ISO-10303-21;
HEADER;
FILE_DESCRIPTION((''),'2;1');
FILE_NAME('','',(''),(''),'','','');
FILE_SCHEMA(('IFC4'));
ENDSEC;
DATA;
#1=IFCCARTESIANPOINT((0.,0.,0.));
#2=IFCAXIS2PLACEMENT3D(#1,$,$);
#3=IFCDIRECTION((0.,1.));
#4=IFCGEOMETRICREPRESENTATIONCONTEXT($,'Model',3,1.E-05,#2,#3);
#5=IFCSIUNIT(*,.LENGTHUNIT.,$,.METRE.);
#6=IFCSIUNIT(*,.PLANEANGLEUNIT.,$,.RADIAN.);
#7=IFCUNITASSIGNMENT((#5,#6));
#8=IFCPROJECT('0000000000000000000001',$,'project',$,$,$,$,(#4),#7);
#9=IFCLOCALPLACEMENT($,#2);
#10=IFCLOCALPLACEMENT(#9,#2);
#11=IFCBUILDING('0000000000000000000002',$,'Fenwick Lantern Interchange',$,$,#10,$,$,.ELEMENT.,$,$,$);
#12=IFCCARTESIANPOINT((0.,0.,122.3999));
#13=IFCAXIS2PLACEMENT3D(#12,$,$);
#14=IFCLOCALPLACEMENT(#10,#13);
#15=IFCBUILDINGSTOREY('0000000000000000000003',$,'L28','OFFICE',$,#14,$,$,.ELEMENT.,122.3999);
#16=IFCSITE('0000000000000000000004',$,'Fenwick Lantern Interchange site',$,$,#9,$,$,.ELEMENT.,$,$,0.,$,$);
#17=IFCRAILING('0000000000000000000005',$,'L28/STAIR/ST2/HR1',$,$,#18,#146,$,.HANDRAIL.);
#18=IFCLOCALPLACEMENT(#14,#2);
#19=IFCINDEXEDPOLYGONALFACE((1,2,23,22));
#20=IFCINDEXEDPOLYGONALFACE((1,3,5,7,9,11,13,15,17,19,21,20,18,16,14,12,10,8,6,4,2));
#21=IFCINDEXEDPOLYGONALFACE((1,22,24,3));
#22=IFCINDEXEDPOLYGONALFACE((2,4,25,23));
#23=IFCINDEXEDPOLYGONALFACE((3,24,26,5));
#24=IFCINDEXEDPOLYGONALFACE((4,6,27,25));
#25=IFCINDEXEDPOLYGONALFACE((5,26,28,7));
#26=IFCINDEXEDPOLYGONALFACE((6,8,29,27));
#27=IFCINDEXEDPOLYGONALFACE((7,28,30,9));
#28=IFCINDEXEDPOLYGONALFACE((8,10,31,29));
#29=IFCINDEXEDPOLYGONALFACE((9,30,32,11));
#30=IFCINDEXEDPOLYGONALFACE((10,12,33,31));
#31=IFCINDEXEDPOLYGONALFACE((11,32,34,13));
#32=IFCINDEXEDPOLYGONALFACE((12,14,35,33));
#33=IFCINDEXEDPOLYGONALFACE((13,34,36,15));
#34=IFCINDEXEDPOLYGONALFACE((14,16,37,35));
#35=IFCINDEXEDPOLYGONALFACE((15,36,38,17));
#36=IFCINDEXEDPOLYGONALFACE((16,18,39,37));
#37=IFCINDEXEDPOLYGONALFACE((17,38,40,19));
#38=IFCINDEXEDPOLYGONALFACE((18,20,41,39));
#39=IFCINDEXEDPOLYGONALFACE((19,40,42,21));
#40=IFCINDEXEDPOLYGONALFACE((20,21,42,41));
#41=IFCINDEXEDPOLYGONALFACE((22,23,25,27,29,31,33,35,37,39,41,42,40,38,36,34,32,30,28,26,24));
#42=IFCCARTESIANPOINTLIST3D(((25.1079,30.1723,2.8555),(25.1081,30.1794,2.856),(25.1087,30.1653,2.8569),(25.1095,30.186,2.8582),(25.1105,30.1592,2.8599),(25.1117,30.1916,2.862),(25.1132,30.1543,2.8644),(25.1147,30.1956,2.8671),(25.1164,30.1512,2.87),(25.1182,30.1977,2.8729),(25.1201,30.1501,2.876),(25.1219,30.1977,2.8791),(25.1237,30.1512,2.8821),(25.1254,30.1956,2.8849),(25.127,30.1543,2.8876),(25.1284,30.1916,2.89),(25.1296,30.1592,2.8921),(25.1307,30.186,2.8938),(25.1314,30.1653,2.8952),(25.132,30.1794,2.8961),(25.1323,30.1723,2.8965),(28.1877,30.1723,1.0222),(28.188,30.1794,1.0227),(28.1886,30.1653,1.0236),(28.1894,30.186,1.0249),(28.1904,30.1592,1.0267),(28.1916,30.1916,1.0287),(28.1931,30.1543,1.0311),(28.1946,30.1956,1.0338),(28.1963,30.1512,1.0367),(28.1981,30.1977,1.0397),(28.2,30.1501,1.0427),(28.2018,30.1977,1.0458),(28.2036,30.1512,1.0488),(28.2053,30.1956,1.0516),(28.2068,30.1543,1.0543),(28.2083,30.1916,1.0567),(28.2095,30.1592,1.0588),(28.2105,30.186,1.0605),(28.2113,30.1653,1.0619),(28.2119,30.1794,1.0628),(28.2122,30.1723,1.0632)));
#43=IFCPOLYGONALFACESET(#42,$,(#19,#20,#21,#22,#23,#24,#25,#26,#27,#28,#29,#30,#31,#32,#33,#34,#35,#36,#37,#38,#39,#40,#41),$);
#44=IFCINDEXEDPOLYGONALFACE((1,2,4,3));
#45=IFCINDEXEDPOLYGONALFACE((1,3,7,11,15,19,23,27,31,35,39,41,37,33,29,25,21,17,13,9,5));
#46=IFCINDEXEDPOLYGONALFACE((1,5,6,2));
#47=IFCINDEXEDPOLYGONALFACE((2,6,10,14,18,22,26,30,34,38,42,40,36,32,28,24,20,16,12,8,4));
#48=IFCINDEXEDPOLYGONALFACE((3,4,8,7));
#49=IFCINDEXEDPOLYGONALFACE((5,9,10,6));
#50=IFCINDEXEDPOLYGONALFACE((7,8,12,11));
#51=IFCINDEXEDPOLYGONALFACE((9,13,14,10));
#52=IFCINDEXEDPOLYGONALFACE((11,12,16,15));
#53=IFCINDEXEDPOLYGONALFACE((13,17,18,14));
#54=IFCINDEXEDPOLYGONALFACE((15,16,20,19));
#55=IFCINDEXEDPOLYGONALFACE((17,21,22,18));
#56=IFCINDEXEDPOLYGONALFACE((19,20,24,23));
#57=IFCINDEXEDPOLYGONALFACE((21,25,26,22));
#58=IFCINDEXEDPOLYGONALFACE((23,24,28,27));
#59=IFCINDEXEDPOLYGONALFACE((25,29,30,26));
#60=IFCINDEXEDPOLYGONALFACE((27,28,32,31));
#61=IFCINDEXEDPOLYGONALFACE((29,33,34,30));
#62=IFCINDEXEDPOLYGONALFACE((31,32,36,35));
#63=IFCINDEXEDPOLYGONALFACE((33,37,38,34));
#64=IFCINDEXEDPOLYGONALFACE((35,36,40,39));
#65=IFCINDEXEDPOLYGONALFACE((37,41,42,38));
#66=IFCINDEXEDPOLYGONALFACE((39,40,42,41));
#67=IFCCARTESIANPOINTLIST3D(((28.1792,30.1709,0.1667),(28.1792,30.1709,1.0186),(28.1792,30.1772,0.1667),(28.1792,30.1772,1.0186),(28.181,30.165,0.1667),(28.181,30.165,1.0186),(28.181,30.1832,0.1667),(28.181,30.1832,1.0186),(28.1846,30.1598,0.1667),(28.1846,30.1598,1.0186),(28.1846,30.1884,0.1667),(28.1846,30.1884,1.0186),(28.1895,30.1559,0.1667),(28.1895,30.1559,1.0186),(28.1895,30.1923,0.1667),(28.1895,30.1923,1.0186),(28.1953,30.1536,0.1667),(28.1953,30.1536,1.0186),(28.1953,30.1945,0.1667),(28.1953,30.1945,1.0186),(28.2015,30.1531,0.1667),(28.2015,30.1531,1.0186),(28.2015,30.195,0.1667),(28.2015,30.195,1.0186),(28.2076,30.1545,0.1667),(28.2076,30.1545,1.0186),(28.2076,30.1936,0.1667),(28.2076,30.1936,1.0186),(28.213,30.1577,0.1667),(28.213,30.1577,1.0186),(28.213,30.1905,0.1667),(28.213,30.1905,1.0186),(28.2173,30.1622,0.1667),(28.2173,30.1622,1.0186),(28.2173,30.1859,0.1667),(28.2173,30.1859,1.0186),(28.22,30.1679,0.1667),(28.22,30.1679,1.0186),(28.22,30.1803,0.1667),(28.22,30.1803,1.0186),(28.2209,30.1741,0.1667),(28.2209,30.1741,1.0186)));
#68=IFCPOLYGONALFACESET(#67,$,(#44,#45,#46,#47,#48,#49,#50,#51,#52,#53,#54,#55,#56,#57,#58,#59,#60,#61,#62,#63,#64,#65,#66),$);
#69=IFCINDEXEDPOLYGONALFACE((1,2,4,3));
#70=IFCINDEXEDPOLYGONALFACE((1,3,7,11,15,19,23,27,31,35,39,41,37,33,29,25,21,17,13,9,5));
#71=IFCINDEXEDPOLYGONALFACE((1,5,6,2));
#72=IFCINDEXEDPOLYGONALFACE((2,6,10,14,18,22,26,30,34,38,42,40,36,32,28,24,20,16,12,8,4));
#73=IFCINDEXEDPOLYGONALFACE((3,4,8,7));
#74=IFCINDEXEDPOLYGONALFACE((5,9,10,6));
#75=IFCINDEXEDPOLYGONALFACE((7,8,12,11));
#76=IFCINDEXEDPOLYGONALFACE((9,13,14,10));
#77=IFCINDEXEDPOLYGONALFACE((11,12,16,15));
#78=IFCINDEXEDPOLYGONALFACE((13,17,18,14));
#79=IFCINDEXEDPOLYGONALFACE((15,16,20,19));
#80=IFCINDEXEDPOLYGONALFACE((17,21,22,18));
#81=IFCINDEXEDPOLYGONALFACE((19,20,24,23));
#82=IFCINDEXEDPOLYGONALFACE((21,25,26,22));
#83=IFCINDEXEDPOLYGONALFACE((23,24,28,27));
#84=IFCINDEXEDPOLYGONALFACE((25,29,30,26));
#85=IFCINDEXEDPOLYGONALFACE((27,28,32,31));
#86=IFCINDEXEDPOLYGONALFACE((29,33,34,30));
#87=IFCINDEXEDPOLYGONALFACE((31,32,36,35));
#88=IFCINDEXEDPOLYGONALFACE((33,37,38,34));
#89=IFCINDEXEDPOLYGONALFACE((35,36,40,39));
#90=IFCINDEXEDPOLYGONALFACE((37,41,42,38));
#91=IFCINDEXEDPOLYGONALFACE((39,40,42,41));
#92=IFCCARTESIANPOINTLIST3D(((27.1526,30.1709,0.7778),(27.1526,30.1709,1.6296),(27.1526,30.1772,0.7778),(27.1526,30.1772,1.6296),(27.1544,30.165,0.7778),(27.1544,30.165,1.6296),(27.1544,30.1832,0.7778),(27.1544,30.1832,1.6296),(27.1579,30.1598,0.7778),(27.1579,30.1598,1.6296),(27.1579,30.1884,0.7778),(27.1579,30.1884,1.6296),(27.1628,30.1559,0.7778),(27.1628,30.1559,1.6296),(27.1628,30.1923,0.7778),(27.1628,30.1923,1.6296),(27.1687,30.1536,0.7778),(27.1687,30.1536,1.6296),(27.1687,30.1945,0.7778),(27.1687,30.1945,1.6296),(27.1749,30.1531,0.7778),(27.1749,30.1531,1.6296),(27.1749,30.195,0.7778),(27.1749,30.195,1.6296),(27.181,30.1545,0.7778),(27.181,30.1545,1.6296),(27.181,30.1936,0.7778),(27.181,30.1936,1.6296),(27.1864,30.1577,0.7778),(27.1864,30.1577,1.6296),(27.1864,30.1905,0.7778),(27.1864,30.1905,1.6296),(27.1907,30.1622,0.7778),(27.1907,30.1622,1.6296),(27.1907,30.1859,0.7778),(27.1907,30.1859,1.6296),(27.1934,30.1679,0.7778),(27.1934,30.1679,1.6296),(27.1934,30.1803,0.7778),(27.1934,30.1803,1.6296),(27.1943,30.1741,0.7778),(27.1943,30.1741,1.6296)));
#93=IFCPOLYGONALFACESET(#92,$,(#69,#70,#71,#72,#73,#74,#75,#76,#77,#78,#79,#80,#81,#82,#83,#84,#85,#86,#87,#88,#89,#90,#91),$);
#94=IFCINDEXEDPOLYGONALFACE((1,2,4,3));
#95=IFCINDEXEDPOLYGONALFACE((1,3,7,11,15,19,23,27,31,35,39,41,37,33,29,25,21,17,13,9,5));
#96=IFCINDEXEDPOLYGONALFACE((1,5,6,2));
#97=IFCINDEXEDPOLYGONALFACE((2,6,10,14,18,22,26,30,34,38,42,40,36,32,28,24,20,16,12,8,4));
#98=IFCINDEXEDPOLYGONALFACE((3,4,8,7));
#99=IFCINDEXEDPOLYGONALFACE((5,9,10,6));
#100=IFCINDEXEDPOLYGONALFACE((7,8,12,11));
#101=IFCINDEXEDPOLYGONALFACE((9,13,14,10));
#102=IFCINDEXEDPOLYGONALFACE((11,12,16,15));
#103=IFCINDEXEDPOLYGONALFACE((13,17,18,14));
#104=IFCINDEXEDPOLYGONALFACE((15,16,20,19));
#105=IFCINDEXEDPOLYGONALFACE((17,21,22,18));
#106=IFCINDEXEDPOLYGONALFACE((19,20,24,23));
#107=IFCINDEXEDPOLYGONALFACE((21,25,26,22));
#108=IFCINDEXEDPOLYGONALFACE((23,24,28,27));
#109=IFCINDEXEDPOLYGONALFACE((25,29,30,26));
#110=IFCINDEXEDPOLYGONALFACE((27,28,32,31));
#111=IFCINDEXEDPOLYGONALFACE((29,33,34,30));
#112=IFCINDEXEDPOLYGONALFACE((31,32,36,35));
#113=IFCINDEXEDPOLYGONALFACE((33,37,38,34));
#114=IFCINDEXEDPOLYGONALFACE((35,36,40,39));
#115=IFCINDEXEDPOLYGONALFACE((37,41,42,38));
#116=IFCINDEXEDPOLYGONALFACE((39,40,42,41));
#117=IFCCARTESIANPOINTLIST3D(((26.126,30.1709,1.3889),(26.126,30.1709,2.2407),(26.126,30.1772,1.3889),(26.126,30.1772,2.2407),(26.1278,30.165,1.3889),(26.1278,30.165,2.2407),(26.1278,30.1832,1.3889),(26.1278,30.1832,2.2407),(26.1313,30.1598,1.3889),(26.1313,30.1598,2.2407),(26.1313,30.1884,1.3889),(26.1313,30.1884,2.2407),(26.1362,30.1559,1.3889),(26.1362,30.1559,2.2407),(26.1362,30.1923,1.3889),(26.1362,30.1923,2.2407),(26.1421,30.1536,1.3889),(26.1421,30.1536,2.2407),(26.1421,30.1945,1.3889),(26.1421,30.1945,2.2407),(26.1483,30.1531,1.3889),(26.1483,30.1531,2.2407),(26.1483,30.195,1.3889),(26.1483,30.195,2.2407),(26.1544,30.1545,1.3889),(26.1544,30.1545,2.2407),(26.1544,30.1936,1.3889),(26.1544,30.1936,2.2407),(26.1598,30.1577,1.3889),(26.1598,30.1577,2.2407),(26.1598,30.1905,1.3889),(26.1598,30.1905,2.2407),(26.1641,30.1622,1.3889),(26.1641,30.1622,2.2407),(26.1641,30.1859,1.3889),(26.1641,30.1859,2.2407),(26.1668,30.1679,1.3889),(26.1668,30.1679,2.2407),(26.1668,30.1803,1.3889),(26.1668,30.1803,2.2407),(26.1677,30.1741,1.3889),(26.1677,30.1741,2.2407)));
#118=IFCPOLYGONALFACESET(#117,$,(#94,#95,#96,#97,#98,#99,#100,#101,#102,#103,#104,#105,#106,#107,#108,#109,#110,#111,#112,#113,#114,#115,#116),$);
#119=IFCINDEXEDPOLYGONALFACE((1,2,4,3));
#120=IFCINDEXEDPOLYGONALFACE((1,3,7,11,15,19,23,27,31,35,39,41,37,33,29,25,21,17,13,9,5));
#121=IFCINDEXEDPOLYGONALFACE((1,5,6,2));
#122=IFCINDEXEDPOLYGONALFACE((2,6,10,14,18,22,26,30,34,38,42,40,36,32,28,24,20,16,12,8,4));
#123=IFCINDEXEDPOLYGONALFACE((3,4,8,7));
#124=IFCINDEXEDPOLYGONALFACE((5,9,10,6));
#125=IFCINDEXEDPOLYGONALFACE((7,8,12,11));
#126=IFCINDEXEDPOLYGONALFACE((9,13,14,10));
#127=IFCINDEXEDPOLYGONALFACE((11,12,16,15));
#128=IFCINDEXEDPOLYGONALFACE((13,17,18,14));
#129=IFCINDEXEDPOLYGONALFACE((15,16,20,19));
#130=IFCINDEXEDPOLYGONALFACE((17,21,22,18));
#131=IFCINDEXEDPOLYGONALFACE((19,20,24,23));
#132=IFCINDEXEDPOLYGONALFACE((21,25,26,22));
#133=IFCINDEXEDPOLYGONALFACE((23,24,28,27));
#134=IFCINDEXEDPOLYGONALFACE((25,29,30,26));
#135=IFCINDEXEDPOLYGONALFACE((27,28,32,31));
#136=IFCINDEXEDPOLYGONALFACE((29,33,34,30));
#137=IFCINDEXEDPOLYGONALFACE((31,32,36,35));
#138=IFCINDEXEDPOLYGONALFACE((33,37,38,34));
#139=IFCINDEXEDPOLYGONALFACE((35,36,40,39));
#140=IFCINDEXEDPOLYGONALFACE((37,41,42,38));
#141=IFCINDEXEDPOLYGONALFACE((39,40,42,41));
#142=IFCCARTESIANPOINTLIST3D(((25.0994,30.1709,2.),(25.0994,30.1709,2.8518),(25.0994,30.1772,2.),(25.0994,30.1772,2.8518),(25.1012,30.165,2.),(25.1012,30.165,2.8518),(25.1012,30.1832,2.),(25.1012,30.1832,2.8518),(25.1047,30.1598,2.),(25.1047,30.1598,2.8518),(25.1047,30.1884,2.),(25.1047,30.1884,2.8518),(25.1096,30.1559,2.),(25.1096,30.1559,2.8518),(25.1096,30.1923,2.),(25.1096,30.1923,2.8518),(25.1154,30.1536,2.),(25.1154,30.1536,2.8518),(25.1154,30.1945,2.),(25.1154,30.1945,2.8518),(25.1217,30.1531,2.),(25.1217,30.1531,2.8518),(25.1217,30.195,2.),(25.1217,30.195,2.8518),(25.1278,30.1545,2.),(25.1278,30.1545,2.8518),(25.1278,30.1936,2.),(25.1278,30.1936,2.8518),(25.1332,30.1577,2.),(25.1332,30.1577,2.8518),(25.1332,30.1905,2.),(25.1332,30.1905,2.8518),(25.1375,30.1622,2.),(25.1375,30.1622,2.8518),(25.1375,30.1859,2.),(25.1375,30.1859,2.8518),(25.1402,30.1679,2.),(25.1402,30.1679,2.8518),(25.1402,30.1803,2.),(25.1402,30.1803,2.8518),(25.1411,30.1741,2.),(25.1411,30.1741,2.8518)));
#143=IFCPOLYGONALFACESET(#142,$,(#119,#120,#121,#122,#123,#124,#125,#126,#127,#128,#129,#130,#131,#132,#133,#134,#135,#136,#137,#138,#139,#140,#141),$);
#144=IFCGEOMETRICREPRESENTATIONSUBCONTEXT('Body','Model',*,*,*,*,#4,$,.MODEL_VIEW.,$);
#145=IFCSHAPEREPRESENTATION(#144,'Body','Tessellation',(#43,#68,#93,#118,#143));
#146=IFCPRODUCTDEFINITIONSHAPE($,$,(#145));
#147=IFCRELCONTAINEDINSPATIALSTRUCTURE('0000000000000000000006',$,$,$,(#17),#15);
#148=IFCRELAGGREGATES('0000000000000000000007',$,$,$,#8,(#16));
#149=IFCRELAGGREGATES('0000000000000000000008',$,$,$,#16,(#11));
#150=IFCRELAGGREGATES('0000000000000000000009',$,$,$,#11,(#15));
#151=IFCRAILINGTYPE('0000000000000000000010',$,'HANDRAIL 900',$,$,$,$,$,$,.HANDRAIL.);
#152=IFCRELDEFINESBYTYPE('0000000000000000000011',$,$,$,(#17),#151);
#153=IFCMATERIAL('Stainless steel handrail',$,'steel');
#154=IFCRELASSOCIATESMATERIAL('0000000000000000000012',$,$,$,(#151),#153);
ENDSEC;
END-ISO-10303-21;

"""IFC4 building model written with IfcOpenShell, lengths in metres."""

from ifc_helpers import new_model, si_unit, direction, frame, origin, origin_2d, place, context, subcontext, project, spatial, circle, extrude, material, type_object, element, save


model = new_model("IFC4")

# Units and contexts
model_context = context("Model", 3, precision=1e-05, world=origin(), true_north=direction((0.0, 1.0)))
body_context = subcontext(model_context, "Body", "Model", "MODEL_VIEW")
ifc_project = project(units=[si_unit("LENGTHUNIT", "METRE"), si_unit("PLANEANGLEUNIT", "RADIAN")], contexts=[model_context])

# Site, building, storey
site_placement = place(None, origin())
site = spatial("IfcSite", under=ifc_project, at=site_placement, Name="Fenwick Lantern Interchange site", CompositionType="ELEMENT", RefElevation=0.0)
building_placement = place(site_placement, origin())
building = spatial("IfcBuilding", under=site, at=building_placement, Name="Fenwick Lantern Interchange", CompositionType="ELEMENT")
storey_placement = place(building_placement, frame((0.0, 0.0, 122.3999)))
storey = spatial("IfcBuildingStorey", under=building, at=storey_placement, Name="L28", Description="OFFICE", CompositionType="ELEMENT", Elevation=122.3999)

# Railing
ifc_material_1 = material(Name="Stainless steel handrail", Category="steel")
railing_type = type_object("IfcRailingType", Name="HANDRAIL 900", PredefinedType="HANDRAIL", material=ifc_material_1)
railing_1_placement = place(storey_placement, frame((28.2, 30.1741, 0.1667)))
element("IfcRailing", 1, at=railing_1_placement, inside=storey, type_object=railing_type, Name="L28/STAIR/ST2/HR1", PredefinedType="HANDRAIL", context=body_context, shape_type="SweptSolid", body=[
    extrude(circle(Radius=0.0239, at=origin_2d()), frame((0.0, 0.0, 0.876), z_axis=(-0.859291, 0.0, 0.511487), x_axis=(0.0, -1.0, 0.0)), (0.0, 0.0, 1.0), 3.5842),
    extrude(circle(Radius=0.021, at=origin_2d()), origin(), (0.0, 0.0, 1.0), 0.8518),
    extrude(circle(Radius=0.021, at=origin_2d()), frame((-1.0266, 0.0, 0.6111)), (0.0, 0.0, 1.0), 0.8518),
    extrude(circle(Radius=0.021, at=origin_2d()), frame((-2.0532, 0.0, 1.2222)), (0.0, 0.0, 1.0), 0.8518),
    extrude(circle(Radius=0.021, at=origin_2d()), frame((-3.0798, 0.0, 1.8333)), (0.0, 0.0, 1.0), 0.8518),
])

save(model, "model.ifc")
